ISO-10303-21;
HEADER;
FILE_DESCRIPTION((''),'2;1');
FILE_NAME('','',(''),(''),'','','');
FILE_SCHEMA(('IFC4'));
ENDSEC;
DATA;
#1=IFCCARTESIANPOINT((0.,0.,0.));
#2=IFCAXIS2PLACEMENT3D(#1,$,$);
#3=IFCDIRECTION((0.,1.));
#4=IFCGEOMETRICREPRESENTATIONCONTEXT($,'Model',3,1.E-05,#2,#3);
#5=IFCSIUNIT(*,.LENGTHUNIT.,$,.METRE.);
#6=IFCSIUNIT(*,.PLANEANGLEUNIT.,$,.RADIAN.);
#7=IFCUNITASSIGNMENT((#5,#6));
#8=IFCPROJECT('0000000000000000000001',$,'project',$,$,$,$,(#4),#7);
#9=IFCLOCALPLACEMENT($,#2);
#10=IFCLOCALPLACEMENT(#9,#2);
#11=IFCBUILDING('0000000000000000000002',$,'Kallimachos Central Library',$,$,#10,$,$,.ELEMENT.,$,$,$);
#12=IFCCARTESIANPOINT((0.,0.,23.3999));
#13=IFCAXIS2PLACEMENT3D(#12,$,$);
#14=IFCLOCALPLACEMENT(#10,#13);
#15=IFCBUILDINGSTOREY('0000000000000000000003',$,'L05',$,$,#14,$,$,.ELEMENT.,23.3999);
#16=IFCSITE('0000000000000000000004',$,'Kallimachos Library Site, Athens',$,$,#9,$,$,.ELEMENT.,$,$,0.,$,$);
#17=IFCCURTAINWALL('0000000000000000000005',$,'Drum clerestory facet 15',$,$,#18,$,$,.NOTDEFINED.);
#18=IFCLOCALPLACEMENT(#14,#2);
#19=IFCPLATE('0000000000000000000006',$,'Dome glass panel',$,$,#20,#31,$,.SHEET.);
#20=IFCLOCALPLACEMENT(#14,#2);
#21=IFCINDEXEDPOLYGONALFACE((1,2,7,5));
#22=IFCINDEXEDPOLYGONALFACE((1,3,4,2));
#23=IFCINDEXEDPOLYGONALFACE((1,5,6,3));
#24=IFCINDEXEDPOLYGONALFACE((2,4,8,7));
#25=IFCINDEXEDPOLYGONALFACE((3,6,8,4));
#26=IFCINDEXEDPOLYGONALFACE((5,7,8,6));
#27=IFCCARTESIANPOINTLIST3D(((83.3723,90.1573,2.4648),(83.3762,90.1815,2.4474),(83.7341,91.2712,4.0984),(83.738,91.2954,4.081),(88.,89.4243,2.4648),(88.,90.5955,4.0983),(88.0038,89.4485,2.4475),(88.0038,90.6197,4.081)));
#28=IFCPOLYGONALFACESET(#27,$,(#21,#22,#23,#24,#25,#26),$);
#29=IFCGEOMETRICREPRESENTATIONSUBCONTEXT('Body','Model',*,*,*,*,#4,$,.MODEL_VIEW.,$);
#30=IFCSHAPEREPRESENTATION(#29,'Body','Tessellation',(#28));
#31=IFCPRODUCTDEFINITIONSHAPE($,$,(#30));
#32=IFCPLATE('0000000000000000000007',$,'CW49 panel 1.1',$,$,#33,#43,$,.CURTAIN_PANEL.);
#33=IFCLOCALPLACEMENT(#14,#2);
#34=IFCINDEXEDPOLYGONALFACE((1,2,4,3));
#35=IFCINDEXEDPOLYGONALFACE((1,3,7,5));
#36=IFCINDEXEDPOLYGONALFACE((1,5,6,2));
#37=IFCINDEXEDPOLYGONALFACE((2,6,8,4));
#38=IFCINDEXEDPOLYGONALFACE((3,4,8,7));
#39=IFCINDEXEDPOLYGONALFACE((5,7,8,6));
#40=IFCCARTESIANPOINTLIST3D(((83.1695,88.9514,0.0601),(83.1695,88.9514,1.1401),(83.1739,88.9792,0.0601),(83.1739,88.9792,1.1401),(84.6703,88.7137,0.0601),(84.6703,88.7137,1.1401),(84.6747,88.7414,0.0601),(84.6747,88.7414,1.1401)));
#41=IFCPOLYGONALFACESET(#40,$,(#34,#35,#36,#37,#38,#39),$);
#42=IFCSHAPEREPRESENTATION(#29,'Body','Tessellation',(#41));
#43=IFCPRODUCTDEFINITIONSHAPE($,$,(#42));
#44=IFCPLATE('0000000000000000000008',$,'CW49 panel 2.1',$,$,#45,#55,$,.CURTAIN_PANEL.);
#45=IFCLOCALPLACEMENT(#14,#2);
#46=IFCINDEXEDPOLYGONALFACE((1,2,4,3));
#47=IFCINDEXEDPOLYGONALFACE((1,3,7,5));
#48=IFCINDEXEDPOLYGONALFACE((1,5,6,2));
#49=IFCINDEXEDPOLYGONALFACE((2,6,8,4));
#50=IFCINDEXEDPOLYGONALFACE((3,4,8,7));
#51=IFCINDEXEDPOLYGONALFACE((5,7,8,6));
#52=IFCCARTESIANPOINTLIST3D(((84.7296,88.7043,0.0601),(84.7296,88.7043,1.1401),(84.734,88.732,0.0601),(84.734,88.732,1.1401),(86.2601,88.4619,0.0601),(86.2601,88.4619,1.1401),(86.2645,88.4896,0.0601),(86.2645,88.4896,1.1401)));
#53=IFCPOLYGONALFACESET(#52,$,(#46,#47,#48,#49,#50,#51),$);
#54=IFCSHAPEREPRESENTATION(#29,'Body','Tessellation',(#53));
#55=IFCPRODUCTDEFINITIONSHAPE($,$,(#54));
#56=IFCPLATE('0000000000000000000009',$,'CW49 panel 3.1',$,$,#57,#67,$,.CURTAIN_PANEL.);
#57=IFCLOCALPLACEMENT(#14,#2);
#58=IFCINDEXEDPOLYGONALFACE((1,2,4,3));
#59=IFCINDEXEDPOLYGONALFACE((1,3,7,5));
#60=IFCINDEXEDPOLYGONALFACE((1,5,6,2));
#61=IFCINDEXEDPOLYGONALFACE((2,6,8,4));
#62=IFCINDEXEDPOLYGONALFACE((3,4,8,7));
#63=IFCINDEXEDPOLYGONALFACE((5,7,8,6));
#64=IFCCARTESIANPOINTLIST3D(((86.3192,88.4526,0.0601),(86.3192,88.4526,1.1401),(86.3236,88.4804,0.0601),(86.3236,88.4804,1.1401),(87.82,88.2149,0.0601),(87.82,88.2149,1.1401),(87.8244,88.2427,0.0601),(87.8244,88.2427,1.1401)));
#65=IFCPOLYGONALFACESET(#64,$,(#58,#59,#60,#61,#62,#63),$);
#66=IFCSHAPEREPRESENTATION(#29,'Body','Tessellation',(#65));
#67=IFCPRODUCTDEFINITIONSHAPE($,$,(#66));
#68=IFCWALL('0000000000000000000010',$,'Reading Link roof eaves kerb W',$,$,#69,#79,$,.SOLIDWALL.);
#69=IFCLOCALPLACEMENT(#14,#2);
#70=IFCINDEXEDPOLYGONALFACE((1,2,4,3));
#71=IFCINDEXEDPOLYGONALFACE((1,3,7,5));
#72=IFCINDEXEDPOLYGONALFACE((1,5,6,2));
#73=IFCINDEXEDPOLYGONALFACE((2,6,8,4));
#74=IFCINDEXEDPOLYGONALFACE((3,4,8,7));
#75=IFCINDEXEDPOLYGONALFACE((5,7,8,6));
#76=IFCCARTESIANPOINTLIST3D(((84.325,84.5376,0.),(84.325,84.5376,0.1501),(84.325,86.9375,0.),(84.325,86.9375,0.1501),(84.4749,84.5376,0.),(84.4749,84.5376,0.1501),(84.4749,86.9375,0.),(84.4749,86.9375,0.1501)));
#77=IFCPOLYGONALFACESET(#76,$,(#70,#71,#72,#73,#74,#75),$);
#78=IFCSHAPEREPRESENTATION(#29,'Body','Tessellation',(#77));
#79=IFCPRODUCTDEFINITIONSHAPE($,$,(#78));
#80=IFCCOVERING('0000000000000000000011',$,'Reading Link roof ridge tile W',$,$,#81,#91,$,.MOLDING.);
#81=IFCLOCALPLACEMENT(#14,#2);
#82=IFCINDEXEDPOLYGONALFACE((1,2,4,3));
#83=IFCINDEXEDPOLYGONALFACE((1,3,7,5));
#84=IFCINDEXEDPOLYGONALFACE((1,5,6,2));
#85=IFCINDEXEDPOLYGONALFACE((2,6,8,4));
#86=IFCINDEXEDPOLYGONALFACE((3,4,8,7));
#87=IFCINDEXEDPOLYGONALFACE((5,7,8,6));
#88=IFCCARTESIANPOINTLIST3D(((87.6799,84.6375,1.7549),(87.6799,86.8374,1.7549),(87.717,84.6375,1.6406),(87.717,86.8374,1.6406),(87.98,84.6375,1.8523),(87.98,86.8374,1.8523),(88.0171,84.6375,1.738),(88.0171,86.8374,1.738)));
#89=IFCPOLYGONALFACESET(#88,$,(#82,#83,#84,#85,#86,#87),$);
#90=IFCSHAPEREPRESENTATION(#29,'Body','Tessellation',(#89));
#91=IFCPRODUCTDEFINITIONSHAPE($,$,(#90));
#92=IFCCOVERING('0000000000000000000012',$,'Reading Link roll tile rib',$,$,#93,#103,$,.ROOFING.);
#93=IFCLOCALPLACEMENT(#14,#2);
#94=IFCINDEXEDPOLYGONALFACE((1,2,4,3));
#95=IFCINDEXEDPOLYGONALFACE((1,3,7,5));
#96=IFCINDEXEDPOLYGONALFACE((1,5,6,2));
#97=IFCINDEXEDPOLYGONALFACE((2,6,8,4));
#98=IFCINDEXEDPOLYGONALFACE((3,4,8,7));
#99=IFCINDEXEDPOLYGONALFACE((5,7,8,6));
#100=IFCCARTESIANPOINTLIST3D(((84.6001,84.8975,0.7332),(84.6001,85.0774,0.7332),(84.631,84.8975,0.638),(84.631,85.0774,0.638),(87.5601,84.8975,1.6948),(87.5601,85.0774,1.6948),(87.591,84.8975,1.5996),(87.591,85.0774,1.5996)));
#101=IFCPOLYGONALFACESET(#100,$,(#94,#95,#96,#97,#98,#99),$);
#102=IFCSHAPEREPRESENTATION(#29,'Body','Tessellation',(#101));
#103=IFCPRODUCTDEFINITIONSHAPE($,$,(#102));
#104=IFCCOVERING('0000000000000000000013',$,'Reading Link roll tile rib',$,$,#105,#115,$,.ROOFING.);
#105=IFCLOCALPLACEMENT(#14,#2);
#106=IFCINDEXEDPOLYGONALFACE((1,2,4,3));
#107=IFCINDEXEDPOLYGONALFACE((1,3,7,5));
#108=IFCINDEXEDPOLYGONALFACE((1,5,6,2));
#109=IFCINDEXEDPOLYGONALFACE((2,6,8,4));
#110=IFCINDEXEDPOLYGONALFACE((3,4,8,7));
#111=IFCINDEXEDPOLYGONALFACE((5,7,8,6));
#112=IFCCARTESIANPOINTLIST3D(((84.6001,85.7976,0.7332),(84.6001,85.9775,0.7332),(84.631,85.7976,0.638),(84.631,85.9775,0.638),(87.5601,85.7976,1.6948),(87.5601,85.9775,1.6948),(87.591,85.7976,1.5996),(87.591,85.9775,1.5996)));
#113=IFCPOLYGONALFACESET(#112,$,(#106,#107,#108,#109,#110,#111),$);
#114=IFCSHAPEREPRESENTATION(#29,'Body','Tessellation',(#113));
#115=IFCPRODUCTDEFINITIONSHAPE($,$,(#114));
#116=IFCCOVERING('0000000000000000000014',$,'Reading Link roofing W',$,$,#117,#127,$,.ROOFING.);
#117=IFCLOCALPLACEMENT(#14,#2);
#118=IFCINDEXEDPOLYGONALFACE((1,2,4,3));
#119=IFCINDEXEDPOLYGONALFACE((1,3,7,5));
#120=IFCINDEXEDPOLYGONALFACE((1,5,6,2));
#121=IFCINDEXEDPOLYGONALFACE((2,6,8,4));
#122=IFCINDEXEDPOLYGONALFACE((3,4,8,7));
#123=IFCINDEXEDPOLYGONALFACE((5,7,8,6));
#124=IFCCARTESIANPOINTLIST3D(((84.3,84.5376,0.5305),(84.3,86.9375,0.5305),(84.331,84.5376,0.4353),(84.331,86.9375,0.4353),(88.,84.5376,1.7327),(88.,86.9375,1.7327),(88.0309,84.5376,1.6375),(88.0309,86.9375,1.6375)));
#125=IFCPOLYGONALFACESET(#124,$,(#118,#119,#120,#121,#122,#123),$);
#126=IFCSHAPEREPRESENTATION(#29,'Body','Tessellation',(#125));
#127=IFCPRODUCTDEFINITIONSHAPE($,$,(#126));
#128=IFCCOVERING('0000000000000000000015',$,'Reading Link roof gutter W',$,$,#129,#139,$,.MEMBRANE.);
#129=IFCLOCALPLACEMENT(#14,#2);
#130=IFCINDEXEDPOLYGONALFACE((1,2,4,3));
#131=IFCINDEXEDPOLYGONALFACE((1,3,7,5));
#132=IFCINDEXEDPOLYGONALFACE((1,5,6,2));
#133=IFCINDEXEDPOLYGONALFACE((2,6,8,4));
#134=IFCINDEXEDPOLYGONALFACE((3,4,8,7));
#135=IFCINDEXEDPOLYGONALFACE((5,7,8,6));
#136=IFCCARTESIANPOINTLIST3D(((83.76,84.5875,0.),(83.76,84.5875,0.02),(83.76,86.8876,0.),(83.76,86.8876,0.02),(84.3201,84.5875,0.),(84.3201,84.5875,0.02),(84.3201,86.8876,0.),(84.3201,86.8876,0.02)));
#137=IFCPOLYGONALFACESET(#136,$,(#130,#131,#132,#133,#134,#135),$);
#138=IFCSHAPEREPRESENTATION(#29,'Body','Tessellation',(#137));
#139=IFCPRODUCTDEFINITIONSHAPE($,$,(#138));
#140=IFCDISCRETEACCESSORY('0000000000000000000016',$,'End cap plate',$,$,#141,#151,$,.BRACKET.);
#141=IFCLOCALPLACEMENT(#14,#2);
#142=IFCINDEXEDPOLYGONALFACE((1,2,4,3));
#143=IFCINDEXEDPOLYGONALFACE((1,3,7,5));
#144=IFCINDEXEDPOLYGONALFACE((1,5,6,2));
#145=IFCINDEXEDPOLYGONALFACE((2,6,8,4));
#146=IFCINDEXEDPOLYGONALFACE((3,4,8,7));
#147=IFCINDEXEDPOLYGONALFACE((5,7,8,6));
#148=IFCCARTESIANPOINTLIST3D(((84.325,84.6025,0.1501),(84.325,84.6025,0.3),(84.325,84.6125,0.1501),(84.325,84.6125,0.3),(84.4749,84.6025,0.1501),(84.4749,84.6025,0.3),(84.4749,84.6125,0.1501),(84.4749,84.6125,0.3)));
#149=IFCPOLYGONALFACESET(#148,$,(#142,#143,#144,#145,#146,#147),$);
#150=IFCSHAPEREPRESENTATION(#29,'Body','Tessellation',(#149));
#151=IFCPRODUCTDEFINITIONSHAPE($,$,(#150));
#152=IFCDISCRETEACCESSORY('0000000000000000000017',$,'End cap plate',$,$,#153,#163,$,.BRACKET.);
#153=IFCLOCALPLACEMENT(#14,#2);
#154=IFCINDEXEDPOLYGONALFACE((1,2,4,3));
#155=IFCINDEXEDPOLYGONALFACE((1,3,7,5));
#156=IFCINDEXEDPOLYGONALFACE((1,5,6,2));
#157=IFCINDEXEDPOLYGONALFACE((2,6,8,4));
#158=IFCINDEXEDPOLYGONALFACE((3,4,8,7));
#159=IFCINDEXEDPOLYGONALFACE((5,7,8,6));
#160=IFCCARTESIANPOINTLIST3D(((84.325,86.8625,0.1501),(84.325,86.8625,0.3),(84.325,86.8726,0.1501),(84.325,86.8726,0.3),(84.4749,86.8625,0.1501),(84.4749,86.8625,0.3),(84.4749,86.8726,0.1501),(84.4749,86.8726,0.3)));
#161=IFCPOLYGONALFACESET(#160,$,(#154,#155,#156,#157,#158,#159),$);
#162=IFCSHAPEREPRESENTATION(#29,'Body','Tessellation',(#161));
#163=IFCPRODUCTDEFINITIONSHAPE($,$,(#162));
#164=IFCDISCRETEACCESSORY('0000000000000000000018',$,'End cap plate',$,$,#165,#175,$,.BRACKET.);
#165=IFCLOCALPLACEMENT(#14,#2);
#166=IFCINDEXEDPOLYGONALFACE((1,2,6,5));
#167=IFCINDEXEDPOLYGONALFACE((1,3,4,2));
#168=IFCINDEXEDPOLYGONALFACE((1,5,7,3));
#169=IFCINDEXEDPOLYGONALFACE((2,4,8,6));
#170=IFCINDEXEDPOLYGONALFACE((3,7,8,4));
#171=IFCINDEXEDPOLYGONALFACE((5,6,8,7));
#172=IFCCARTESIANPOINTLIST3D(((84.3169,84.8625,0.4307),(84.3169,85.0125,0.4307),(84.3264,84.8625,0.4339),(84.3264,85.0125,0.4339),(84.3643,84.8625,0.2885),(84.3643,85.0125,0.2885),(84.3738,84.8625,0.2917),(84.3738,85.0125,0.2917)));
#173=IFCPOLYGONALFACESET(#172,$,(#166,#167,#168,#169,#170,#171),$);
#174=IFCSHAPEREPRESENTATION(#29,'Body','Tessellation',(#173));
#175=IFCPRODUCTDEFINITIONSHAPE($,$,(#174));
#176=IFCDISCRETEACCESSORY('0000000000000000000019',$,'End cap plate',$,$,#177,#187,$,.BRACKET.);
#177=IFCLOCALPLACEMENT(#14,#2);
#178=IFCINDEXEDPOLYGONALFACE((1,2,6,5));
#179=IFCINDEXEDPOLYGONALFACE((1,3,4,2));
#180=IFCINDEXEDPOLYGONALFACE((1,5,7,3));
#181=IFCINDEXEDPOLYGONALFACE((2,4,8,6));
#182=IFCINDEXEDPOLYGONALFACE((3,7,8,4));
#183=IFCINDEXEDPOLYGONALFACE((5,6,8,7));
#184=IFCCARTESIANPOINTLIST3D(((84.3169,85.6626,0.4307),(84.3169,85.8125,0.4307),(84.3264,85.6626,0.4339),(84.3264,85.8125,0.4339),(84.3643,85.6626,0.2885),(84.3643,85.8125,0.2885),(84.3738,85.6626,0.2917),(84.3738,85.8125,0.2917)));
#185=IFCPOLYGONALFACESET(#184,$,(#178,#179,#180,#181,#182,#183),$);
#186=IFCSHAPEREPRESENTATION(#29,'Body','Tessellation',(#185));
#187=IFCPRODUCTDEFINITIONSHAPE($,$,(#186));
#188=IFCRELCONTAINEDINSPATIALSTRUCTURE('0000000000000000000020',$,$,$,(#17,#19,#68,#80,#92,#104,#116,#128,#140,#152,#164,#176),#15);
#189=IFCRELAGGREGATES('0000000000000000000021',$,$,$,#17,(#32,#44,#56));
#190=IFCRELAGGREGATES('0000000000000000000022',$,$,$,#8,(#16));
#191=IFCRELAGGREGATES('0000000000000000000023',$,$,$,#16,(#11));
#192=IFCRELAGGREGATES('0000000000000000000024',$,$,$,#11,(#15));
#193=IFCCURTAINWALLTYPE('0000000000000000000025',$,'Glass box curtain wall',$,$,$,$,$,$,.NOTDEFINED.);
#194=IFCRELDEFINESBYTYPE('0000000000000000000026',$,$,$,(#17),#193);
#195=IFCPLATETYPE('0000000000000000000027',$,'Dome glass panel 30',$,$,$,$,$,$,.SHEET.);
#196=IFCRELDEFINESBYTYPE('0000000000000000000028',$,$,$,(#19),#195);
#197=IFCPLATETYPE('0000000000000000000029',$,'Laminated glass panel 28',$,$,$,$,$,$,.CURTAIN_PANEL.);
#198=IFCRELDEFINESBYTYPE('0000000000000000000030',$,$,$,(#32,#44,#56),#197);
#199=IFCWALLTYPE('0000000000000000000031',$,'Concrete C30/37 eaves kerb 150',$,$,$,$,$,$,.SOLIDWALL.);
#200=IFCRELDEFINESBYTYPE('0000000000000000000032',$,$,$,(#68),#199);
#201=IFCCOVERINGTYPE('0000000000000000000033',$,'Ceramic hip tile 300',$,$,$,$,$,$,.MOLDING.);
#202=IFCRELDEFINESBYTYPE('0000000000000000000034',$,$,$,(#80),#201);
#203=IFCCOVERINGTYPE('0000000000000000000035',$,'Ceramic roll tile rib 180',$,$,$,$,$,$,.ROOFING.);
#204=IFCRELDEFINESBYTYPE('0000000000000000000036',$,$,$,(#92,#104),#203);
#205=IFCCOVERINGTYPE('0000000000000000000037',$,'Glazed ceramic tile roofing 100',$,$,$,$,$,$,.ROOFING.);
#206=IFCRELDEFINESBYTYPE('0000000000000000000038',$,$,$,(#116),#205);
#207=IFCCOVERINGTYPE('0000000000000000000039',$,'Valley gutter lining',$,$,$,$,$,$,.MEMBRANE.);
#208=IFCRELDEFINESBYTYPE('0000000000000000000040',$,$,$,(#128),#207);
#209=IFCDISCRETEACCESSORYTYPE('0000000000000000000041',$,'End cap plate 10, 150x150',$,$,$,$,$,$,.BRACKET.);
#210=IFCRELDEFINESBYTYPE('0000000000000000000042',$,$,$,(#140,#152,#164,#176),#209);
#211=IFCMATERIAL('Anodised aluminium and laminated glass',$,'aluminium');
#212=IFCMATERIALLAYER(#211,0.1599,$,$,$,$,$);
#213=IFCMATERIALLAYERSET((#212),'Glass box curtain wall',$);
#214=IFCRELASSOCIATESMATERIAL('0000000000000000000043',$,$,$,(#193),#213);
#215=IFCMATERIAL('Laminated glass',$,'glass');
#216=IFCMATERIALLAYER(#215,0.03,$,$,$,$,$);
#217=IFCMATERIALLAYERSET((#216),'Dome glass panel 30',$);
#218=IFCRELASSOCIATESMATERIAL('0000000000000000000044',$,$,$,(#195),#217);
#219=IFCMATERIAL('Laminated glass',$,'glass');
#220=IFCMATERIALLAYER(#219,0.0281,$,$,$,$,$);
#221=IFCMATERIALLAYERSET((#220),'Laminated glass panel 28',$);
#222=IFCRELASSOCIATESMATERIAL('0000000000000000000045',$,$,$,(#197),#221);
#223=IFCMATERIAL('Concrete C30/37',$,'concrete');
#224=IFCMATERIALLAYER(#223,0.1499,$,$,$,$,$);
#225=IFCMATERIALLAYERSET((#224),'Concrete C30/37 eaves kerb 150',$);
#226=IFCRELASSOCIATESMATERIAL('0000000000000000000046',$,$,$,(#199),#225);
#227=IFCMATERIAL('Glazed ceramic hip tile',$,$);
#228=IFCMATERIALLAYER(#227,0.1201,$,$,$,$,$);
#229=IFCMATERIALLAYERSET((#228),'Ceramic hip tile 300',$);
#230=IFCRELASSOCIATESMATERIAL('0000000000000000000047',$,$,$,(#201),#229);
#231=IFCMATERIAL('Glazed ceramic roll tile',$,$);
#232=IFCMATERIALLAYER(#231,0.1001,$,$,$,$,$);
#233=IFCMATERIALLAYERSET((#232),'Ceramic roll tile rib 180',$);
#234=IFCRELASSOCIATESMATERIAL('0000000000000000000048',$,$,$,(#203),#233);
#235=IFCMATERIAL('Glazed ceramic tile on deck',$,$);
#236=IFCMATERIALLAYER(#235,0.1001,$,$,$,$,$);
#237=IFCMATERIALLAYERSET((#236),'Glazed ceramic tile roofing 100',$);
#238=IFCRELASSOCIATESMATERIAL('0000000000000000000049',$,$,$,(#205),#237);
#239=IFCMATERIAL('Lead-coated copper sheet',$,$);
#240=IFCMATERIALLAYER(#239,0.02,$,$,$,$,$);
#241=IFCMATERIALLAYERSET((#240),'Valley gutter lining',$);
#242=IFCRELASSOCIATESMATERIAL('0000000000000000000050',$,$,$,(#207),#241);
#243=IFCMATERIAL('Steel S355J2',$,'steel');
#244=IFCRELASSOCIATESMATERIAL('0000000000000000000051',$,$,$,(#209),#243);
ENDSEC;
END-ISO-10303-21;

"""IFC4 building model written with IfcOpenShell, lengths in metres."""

from ifc_helpers import new_model, si_unit, direction, frame, frame_2d, origin, origin_2d, place, context, subcontext, project, spatial, polyline, rectangle, outline, extrude, material, layer, layer_set, material_profile, profile_set, type_object, element, aggregate, save


model = new_model("IFC4")

# Units and contexts
model_context = context("Model", 3, precision=1e-05, world=origin(), true_north=direction((0.0, 1.0)))
body_context = subcontext(model_context, "Body", "Model", "MODEL_VIEW")
ifc_project = project(units=[si_unit("LENGTHUNIT", "METRE"), si_unit("PLANEANGLEUNIT", "RADIAN")], contexts=[model_context])

# Site, building, storey
site_placement = place(None, origin())
site = spatial("IfcSite", under=ifc_project, at=site_placement, Name="Kallimachos Library Site, Athens", CompositionType="ELEMENT", RefElevation=0.0)
building_placement = place(site_placement, origin())
building = spatial("IfcBuilding", under=site, at=building_placement, Name="Kallimachos Central Library", CompositionType="ELEMENT")
storey_placement = place(building_placement, frame((0.0, 0.0, 23.3999)))
storey = spatial("IfcBuildingStorey", under=building, at=storey_placement, Name="L05", CompositionType="ELEMENT", Elevation=23.3999)

# Curtain wall
ifc_material_1 = material(Name="Anodised aluminium and laminated glass", Category="aluminium")
ifc_layer_1 = layer(ifc_material_1, 0.1599)
ifc_layer_set_1 = layer_set([ifc_layer_1], Name="Glass box curtain wall")
curtain_wall_type = type_object("IfcCurtainWallType", Name="Glass box curtain wall", PredefinedType="NOTDEFINED", material=ifc_layer_set_1)
curtain_wall_placement = place(storey_placement, origin())
curtain_wall = element("IfcCurtainWall", 1, at=curtain_wall_placement, inside=storey, type_object=curtain_wall_type, Name="Drum clerestory facet 15", PredefinedType="NOTDEFINED")

# Plates
ifc_material_2 = material(Name="Laminated glass", Category="glass")
ifc_layer_2 = layer(ifc_material_2, 0.03)
ifc_layer_set_2 = layer_set([ifc_layer_2], Name="Dome glass panel 30")
plate_type_1 = type_object("IfcPlateType", Name="Dome glass panel 30", PredefinedType="SHEET", material=ifc_layer_set_2)
plate_1_placement = place(storey_placement, frame((83.7341, 91.2712, 4.0984), z_axis=(-0.127673, -0.806042, 0.577923), x_axis=(-0.179997, -0.554185, -0.812699)))
element("IfcPlate", 2, at=plate_1_placement, inside=storey, type_object=plate_type_1, Name="Dome glass panel", PredefinedType="SHEET", context=body_context, shape_type="SweptSolid", body=[
    extrude(outline(polyline([(0.0, 0.0), (2.0101, 0.0), (1.5833, 4.6659), (-0.3933, 4.3011), (0.0, 0.0)])), origin(), (0.0, 0.0, -1.0), 0.03),
])
ifc_material_3 = material(Name="Laminated glass", Category="glass")
ifc_layer_3 = layer(ifc_material_3, 0.0281)
ifc_layer_set_3 = layer_set([ifc_layer_3], Name="Laminated glass panel 28")
plate_type_2 = type_object("IfcPlateType", Name="Laminated glass panel 28", PredefinedType="CURTAIN_PANEL", material=ifc_layer_set_3)
plate_2_placement = place(storey_placement, frame((83.9221, 88.8464, 0.0601), z_axis=(0.0, 0.0, 1.0), x_axis=(0.987688, -0.156435, 0.0)))
plate_2 = element("IfcPlate", 3, at=plate_2_placement, type_object=plate_type_2, Name="CW49 panel 1.1", PredefinedType="CURTAIN_PANEL", context=body_context, shape_type="SweptSolid", body=[
    extrude(rectangle(XDim=1.5195, YDim=0.0281, at=origin_2d()), origin(), (0.0, 0.0, 1.0), 1.0801),
])
plate_3_placement = place(storey_placement, frame((85.4971, 88.5969, 0.0601), z_axis=(0.0, 0.0, 1.0), x_axis=(0.987688, -0.156435, 0.0)))
plate_3 = element("IfcPlate", 4, at=plate_3_placement, type_object=plate_type_2, Name="CW49 panel 2.1", PredefinedType="CURTAIN_PANEL", context=body_context, shape_type="SweptSolid", body=[
    extrude(rectangle(XDim=1.5496, YDim=0.0281, at=origin_2d()), origin(), (0.0, 0.0, 1.0), 1.0801),
])
plate_4_placement = place(storey_placement, frame((87.0718, 88.3477, 0.0601), z_axis=(0.0, 0.0, 1.0), x_axis=(0.987688, -0.156435, 0.0)))
plate_4 = element("IfcPlate", 5, at=plate_4_placement, type_object=plate_type_2, Name="CW49 panel 3.1", PredefinedType="CURTAIN_PANEL", context=body_context, shape_type="SweptSolid", body=[
    extrude(rectangle(XDim=1.5195, YDim=0.0281, at=origin_2d()), origin(), (0.0, 0.0, 1.0), 1.0801),
])
aggregate(curtain_wall, [plate_2, plate_3, plate_4])

# Wall
ifc_material_4 = material(Name="Concrete C30/37", Category="concrete")
ifc_layer_4 = layer(ifc_material_4, 0.1499)
ifc_layer_set_4 = layer_set([ifc_layer_4], Name="Concrete C30/37 eaves kerb 150")
wall_type = type_object("IfcWallType", Name="Concrete C30/37 eaves kerb 150", PredefinedType="SOLIDWALL", material=ifc_layer_set_4)
wall_placement = place(storey_placement, frame((84.3999, 84.5376, 0.0), z_axis=(0.0, 0.0, 1.0), x_axis=(0.0, 1.0, 0.0)))
element("IfcWall", 6, at=wall_placement, inside=storey, type_object=wall_type, Name="Reading Link roof eaves kerb W", PredefinedType="SOLIDWALL", context=body_context, shape_type="SweptSolid", body=[
    extrude(rectangle(XDim=2.3999, YDim=0.1499, at=frame_2d((1.2, 0.0))), origin(), (0.0, 0.0, 1.0), 0.1501),
])

# Coverings
ifc_material_5 = material(Name="Glazed ceramic hip tile")
ifc_layer_5 = layer(ifc_material_5, 0.1201)
ifc_layer_set_5 = layer_set([ifc_layer_5], Name="Ceramic hip tile 300")
covering_type_1 = type_object("IfcCoveringType", Name="Ceramic hip tile 300", PredefinedType="MOLDING", material=ifc_layer_set_5)
covering_1_placement = place(storey_placement, frame((87.98, 84.6375, 1.8523), z_axis=(-0.308789, 0.0, 0.951131), x_axis=(-0.951131, 0.0, -0.308789)))
element("IfcCovering", 7, at=covering_1_placement, inside=storey, type_object=covering_type_1, Name="Reading Link roof ridge tile W", PredefinedType="MOLDING", context=body_context, shape_type="SweptSolid", body=[
    extrude(outline(polyline([(0.0, 0.0), (0.3155, 0.0), (0.3155, -2.2), (0.0, -2.2), (0.0, 0.0)])), origin(), (0.0, 0.0, -1.0), 0.1201),
])
ifc_material_6 = material(Name="Glazed ceramic roll tile")
ifc_layer_6 = layer(ifc_material_6, 0.1001)
ifc_layer_set_6 = layer_set([ifc_layer_6], Name="Ceramic roll tile rib 180")
covering_type_2 = type_object("IfcCoveringType", Name="Ceramic roll tile rib 180", PredefinedType="ROOFING", material=ifc_layer_set_6)
for number, where, z_axis, x_axis, name in (
    (8, (84.6001, 84.8975, 0.7332), (-0.308994, 0.0, 0.951064), (0.951064, 0.0, 0.308994), "Reading Link roll tile rib"),
    (9, (84.6001, 85.7976, 0.7332), (-0.308994, 0.0, 0.951064), (0.951064, 0.0, 0.308994), "Reading Link roll tile rib"),
):
    element("IfcCovering", number, at=place(storey_placement, frame(where, z_axis=z_axis, x_axis=x_axis)), inside=storey, type_object=covering_type_2, Name=name, PredefinedType="ROOFING", context=body_context, shape_type="SweptSolid", body=[
        extrude(outline(polyline([(0.0, 0.0), (3.1123, 0.0), (3.1123, 0.1799), (0.0, 0.1799), (0.0, 0.0)])), origin(), (0.0, 0.0, -1.0), 0.1001),
    ])
ifc_material_7 = material(Name="Glazed ceramic tile on deck")
ifc_layer_7 = layer(ifc_material_7, 0.1001)
ifc_layer_set_7 = layer_set([ifc_layer_7], Name="Glazed ceramic tile roofing 100")
covering_type_3 = type_object("IfcCoveringType", Name="Glazed ceramic tile roofing 100", PredefinedType="ROOFING", material=ifc_layer_set_7)
covering_2_placement = place(storey_placement, frame((84.3, 84.5376, 0.5305), z_axis=(-0.309008, 0.0, 0.951059), x_axis=(0.951059, 0.0, 0.309008)))
element("IfcCovering", 10, at=covering_2_placement, inside=storey, type_object=covering_type_3, Name="Reading Link roofing W", PredefinedType="ROOFING", context=body_context, shape_type="SweptSolid", body=[
    extrude(outline(polyline([(0.0, 0.0), (3.8903, 0.0), (3.8903, 2.3999), (0.0, 2.3999), (0.0, 0.0)])), origin(), (0.0, 0.0, -1.0), 0.1001),
])
ifc_material_8 = material(Name="Lead-coated copper sheet")
ifc_layer_8 = layer(ifc_material_8, 0.02)
ifc_layer_set_8 = layer_set([ifc_layer_8], Name="Valley gutter lining")
covering_type_4 = type_object("IfcCoveringType", Name="Valley gutter lining", PredefinedType="MEMBRANE", material=ifc_layer_set_8)
covering_3_placement = place(storey_placement, frame((84.04, 85.7375, 0.0), z_axis=(0.0, 0.0, 1.0), x_axis=(1.0, 0.0, 0.0)))
element("IfcCovering", 11, at=covering_3_placement, inside=storey, type_object=covering_type_4, Name="Reading Link roof gutter W", PredefinedType="MEMBRANE", context=body_context, shape_type="SweptSolid", body=[
    extrude(rectangle(XDim=0.5601, YDim=2.3, at=origin_2d()), origin(), (0.0, 0.0, 1.0), 0.02),
])

# Discrete accessories
ifc_material_9 = material(Name="Steel S355J2", Category="steel")
ifc_material_profile_1 = material_profile(ifc_material_9, rectangle(XDim=0.1499, YDim=0.1499, at=origin_2d()), Name="End cap plate 10, 150x150")
ifc_profile_set_1 = profile_set([ifc_material_profile_1], Name="Steel S355J2")
discrete_accessory_type = type_object("IfcDiscreteAccessoryType", Name="End cap plate 10, 150x150", PredefinedType="BRACKET", material=ifc_profile_set_1)
for number, where, z_axis, x_axis, name in (
    (12, (84.3999, 84.6025, 0.2251), (0.0, 1.0, 0.0), (-1.0, 0.0, 0.0), "End cap plate"),
    (13, (84.3999, 86.8625, 0.2251), (0.0, 1.0, 0.0), (-1.0, 0.0, 0.0), "End cap plate"),
    (14, (84.3406, 84.9375, 0.3596), (0.948683, 0.0, 0.316228), (0.0, 1.0, 0.0), "End cap plate"),
    (15, (84.3406, 85.7375, 0.3596), (0.948683, 0.0, 0.316228), (0.0, 1.0, 0.0), "End cap plate"),
):
    element("IfcDiscreteAccessory", number, at=place(storey_placement, frame(where, z_axis=z_axis, x_axis=x_axis)), inside=storey, type_object=discrete_accessory_type, Name=name, PredefinedType="BRACKET", context=body_context, shape_type="SweptSolid", body=[
        extrude(rectangle(XDim=0.1499, YDim=0.1499, at=origin_2d()), origin(), (0.0, 0.0, 1.0), 0.01),
    ])

save(model, "model.ifc")
